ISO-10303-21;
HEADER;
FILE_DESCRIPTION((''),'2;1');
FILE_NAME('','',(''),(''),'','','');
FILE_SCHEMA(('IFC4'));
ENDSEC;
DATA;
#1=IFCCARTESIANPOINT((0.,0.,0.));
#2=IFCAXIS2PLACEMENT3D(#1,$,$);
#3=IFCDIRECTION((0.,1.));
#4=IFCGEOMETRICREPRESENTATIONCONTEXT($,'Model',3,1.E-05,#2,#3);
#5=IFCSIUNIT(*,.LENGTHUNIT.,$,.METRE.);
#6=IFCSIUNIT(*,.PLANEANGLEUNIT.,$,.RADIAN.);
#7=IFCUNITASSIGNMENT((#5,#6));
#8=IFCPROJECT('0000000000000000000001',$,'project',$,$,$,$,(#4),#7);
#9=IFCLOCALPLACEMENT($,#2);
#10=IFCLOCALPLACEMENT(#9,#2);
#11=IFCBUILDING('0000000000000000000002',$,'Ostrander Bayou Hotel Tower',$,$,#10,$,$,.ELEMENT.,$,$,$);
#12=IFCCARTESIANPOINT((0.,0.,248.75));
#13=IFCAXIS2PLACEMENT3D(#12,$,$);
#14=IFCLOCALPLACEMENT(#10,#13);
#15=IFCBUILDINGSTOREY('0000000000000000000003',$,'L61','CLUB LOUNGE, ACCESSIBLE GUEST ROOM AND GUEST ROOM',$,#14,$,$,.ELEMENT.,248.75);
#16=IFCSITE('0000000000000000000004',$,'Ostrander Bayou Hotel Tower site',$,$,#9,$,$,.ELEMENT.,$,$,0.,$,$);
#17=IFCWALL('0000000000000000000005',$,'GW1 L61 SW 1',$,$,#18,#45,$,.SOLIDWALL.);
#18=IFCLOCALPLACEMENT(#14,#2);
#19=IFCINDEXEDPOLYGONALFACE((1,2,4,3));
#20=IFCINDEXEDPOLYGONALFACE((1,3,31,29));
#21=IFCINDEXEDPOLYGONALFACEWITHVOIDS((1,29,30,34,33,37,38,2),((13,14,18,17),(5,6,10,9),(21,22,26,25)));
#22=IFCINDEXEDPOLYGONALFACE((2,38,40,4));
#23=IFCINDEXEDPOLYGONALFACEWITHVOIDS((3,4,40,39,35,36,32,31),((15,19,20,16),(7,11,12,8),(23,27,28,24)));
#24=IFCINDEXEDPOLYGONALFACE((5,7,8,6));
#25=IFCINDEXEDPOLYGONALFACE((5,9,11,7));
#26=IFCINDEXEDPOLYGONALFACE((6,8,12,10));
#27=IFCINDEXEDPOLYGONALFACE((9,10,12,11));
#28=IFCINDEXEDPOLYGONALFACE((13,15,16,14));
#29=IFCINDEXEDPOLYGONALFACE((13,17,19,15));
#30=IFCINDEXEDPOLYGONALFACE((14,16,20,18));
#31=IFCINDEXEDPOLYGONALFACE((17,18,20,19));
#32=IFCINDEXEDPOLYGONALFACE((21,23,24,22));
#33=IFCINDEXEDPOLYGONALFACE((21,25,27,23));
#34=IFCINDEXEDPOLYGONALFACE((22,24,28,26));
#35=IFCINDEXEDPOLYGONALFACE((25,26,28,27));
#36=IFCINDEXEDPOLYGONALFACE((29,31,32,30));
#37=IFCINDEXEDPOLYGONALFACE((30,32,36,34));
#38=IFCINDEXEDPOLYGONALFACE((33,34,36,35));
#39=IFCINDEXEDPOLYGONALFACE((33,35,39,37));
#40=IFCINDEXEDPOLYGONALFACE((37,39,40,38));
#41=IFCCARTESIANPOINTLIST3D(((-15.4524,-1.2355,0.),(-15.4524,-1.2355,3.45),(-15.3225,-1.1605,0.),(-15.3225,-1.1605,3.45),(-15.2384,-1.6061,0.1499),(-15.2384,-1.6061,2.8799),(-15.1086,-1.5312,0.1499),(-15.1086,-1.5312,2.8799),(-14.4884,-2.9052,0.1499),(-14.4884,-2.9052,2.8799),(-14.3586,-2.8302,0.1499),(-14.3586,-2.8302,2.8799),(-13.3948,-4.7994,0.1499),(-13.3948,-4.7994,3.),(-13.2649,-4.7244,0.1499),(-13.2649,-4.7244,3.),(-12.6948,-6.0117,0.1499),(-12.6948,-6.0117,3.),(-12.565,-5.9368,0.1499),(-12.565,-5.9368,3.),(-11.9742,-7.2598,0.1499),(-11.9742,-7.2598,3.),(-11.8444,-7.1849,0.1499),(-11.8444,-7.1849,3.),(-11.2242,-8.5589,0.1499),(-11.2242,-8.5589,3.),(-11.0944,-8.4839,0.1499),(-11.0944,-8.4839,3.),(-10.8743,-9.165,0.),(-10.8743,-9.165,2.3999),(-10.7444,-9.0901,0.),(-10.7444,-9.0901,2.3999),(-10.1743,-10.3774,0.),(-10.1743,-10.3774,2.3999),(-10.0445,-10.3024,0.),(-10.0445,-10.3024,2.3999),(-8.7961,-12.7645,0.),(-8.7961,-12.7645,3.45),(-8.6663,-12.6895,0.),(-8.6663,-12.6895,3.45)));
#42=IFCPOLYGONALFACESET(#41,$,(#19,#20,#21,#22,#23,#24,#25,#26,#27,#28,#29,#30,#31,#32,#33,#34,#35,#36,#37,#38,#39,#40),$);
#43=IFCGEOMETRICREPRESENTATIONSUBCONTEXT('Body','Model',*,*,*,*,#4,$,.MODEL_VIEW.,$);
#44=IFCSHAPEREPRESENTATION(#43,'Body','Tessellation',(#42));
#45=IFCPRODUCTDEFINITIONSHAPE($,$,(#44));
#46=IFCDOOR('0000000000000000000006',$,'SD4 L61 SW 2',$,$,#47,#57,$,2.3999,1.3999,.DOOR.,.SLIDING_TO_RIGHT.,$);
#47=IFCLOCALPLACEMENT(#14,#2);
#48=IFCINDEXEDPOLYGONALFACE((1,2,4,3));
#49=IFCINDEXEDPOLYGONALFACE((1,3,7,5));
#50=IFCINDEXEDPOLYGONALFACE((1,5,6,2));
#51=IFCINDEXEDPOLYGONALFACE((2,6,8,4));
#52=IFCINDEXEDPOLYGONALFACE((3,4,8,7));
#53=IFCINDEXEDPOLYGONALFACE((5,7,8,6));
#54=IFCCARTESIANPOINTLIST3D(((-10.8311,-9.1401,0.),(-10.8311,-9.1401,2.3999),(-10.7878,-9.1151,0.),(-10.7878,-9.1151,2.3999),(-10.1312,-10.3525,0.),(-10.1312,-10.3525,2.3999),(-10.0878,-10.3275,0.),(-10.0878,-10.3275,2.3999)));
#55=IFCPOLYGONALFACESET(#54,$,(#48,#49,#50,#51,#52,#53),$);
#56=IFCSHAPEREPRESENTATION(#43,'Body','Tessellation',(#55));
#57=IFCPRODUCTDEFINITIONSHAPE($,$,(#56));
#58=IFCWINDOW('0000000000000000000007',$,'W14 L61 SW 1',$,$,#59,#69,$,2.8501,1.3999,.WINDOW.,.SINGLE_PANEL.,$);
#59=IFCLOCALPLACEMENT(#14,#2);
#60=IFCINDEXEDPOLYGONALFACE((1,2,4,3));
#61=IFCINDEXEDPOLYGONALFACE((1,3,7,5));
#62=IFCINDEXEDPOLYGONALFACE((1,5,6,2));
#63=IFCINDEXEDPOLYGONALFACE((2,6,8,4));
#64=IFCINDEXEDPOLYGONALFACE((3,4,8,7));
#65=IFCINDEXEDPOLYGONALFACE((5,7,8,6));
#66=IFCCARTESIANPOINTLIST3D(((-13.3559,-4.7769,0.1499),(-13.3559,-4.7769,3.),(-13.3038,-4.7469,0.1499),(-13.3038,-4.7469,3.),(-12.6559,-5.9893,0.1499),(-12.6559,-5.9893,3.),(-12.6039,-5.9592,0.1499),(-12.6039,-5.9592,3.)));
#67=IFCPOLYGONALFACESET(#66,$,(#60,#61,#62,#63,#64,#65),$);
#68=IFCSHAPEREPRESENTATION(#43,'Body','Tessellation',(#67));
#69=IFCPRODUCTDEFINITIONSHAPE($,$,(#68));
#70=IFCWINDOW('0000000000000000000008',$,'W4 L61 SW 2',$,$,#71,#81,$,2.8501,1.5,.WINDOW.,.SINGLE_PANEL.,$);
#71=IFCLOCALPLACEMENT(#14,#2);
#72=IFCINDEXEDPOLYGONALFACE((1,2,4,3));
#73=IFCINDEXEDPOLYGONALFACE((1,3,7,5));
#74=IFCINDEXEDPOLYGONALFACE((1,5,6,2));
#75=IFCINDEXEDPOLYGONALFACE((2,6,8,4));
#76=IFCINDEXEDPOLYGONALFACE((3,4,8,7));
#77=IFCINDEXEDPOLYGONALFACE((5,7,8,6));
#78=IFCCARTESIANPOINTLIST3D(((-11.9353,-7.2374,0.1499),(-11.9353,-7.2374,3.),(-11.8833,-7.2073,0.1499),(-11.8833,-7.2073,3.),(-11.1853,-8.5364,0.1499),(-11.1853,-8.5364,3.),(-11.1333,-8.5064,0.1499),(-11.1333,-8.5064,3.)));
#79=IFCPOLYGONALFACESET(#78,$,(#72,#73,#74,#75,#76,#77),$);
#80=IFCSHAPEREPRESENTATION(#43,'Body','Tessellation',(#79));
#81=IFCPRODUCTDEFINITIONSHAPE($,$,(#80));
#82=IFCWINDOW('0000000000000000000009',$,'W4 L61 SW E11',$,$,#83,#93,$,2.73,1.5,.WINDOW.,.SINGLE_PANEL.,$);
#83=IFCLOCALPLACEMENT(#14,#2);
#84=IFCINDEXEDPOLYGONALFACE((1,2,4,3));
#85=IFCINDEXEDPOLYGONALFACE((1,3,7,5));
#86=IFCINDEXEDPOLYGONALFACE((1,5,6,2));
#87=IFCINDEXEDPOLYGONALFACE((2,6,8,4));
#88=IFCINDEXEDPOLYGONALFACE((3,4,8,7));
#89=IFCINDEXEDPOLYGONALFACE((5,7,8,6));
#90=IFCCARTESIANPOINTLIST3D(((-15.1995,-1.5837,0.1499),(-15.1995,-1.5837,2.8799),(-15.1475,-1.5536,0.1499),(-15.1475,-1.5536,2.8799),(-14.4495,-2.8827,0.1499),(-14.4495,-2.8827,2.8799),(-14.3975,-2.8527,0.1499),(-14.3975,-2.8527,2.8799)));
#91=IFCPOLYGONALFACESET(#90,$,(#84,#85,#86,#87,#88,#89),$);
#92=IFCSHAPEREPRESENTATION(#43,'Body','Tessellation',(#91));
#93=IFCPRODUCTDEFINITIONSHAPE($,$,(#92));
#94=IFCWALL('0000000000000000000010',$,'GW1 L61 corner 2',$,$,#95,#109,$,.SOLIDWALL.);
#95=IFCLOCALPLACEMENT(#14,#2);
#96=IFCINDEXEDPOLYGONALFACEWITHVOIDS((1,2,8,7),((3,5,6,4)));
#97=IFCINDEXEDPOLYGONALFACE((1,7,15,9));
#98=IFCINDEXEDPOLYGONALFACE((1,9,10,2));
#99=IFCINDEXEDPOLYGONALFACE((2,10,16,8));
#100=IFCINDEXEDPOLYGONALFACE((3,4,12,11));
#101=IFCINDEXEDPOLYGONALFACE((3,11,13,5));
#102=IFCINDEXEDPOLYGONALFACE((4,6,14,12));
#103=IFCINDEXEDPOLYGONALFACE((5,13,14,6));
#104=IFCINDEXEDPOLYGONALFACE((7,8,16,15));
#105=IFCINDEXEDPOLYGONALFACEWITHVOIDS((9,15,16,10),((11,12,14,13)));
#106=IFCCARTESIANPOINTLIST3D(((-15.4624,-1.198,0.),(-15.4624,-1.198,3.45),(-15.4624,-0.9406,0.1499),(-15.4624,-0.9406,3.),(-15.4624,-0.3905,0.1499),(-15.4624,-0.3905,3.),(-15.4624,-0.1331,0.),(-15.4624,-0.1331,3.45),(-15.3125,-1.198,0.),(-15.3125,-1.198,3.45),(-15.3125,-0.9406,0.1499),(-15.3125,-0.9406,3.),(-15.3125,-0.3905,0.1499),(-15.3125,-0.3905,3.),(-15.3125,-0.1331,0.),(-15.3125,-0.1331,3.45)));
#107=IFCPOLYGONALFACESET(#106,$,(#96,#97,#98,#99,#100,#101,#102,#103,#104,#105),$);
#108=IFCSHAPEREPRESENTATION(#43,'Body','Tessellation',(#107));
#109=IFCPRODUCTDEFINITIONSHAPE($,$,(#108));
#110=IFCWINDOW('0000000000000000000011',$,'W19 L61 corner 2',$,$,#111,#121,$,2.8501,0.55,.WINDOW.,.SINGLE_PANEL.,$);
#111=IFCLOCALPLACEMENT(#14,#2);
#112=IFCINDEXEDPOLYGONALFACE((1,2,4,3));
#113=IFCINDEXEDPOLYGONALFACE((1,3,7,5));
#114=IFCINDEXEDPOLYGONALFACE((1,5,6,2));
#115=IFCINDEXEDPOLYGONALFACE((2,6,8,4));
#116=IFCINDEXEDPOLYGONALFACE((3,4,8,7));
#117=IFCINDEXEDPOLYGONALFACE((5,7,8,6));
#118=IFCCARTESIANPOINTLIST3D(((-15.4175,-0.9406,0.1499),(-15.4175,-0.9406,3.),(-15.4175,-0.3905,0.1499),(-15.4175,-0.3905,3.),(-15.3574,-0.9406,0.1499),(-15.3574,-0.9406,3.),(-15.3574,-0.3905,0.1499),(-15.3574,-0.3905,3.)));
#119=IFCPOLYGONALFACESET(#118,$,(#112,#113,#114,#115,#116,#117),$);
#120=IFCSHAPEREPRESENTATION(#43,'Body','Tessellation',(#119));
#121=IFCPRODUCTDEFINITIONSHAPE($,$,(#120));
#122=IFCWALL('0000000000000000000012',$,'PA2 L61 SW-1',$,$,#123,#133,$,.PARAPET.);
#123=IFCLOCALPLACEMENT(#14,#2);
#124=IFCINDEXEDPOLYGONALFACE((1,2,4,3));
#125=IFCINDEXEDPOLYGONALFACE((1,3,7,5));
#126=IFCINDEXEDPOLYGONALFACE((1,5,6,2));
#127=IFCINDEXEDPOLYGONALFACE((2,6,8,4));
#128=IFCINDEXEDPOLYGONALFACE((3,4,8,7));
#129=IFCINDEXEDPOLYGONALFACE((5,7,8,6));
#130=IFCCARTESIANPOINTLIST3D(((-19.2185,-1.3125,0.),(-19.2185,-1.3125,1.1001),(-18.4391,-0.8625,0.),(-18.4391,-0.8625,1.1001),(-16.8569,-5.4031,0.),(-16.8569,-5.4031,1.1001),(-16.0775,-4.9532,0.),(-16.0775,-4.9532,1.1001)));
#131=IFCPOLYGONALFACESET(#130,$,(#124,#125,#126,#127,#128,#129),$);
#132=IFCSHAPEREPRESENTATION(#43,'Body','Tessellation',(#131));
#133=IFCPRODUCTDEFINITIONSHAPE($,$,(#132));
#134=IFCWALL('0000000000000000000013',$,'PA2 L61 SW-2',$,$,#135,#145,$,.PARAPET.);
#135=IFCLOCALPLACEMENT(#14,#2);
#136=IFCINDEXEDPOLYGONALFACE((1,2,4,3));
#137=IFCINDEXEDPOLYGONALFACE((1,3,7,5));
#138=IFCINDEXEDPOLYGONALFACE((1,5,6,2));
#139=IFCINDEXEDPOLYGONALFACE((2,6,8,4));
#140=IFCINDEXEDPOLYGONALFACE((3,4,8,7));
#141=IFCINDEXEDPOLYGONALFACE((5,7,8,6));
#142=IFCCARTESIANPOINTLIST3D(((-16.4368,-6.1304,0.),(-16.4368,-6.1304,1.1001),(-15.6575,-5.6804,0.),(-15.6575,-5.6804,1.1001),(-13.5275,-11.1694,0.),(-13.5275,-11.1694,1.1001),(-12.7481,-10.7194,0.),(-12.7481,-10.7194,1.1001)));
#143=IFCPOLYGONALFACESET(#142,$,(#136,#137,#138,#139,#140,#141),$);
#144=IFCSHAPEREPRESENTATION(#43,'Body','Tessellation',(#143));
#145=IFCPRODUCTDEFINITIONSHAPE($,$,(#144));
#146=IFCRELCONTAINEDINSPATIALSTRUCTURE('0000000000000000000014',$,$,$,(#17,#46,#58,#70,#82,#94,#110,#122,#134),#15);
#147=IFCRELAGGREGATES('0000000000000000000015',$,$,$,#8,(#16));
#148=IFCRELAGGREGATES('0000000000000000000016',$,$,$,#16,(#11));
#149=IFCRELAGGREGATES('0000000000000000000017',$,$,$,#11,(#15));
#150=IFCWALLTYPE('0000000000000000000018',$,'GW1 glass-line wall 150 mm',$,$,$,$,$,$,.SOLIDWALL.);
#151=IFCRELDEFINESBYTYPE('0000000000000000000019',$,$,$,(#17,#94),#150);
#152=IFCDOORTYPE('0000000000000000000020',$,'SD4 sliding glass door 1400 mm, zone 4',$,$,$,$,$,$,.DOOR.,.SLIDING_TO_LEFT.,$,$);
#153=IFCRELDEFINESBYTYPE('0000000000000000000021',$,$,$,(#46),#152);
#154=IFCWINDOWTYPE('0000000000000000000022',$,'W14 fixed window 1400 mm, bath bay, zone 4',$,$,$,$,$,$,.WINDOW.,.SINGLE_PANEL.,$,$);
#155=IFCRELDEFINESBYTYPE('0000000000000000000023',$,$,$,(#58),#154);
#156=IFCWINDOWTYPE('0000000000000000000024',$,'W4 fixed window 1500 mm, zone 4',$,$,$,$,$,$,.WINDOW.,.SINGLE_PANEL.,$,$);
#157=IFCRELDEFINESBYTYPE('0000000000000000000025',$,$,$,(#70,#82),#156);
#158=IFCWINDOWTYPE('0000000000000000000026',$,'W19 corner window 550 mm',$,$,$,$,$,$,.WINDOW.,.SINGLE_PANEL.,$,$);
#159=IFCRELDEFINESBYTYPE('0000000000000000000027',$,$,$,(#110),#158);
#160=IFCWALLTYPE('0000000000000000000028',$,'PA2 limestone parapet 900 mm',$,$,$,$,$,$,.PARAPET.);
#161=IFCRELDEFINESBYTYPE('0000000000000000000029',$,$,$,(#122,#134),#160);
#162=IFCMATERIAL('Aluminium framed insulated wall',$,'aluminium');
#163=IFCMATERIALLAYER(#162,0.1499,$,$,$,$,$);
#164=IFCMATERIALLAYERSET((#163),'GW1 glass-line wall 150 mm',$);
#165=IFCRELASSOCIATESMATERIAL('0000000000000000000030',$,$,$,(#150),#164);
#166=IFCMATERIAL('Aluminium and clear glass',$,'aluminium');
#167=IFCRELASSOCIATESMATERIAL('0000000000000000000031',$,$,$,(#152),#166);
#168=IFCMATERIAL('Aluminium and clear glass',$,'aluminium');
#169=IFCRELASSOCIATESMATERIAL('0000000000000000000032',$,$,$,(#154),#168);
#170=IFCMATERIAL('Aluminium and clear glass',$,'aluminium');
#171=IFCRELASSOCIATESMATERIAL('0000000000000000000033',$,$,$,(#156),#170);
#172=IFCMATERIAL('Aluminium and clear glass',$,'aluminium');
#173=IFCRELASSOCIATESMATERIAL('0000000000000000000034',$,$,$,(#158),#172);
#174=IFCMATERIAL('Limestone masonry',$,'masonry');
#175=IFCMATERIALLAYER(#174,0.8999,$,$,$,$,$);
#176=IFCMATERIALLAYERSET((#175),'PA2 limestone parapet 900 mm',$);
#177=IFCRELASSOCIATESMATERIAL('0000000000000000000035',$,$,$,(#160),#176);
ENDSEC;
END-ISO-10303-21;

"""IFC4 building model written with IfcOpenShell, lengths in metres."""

from ifc_helpers import new_model, si_unit, direction, frame, frame_2d, origin, place, context, subcontext, project, spatial, rectangle, extrude, material, layer, layer_set, type_object, element, fill, save


model = new_model("IFC4")

# Units and contexts
model_context = context("Model", 3, precision=1e-05, world=origin(), true_north=direction((0.0, 1.0)))
body_context = subcontext(model_context, "Body", "Model", "MODEL_VIEW")
ifc_project = project(units=[si_unit("LENGTHUNIT", "METRE"), si_unit("PLANEANGLEUNIT", "RADIAN")], contexts=[model_context])

# Site, building, storey
site_placement = place(None, origin())
site = spatial("IfcSite", under=ifc_project, at=site_placement, Name="Ostrander Bayou Hotel Tower site", CompositionType="ELEMENT", RefElevation=0.0)
building_placement = place(site_placement, origin())
building = spatial("IfcBuilding", under=site, at=building_placement, Name="Ostrander Bayou Hotel Tower", CompositionType="ELEMENT")
storey_placement = place(building_placement, frame((0.0, 0.0, 248.75)))
storey = spatial("IfcBuildingStorey", under=building, at=storey_placement, Name="L61", Description="CLUB LOUNGE, ACCESSIBLE GUEST ROOM AND GUEST ROOM", CompositionType="ELEMENT", Elevation=248.75)

# Wall, openings, door, windows
ifc_material_1 = material(Name="Aluminium framed insulated wall", Category="aluminium")
ifc_layer_1 = layer(ifc_material_1, 0.1499)
ifc_layer_set_1 = layer_set([ifc_layer_1], Name="GW1 glass-line wall 150 mm")
wall_type_1 = type_object("IfcWallType", Name="GW1 glass-line wall 150 mm", PredefinedType="SOLIDWALL", material=ifc_layer_set_1)
wall_1_placement = place(storey_placement, frame((-15.3875, -1.198, 0.0), z_axis=(0.0, 0.0, 1.0), x_axis=(0.499997, -0.866027, 0.0)))
wall_1 = element("IfcWall", 1, at=wall_1_placement, inside=storey, type_object=wall_type_1, Name="GW1 L61 SW 1", PredefinedType="SOLIDWALL", context=body_context, shape_type="SweptSolid", body=[
    extrude(rectangle(XDim=13.3125, YDim=0.1499, at=frame_2d((6.6562, 0.0))), origin(), (0.0, 0.0, 1.0), 3.45),
])
opening_1_placement = place(wall_1_placement, frame((4.1152, 0.0, 0.1499)))
opening_1 = element("IfcOpeningElement", 2, at=opening_1_placement, cuts=wall_1, PredefinedType="OPENING", context=body_context, shape_type="SweptSolid", body=[
    extrude(rectangle(XDim=1.3999, YDim=2.8501, at=frame_2d((0.7, 1.425))), frame((0.0, 0.075, 0.0), z_axis=(0.0, -1.0, 0.0), x_axis=(1.0, 0.0, 0.0)), (0.0, 0.0, 1.0), 0.1499),
])
opening_2_placement = place(wall_1_placement, frame((6.9563, 0.0, 0.1499)))
opening_2 = element("IfcOpeningElement", 3, at=opening_2_placement, cuts=wall_1, PredefinedType="OPENING", context=body_context, shape_type="SweptSolid", body=[
    extrude(rectangle(XDim=1.5, YDim=2.8501, at=frame_2d((0.75, 1.425))), frame((0.0, 0.075, 0.0), z_axis=(0.0, -1.0, 0.0), x_axis=(1.0, 0.0, 0.0)), (0.0, 0.0, 1.0), 0.1499),
])
opening_3_placement = place(wall_1_placement, frame((9.1562, 0.0, 0.0)))
opening_3 = element("IfcOpeningElement", 4, at=opening_3_placement, cuts=wall_1, PredefinedType="OPENING", context=body_context, shape_type="SweptSolid", body=[
    extrude(rectangle(XDim=1.3999, YDim=2.3999, at=frame_2d((0.7, 1.2))), frame((0.0, 0.075, 0.0), z_axis=(0.0, -1.0, 0.0), x_axis=(1.0, 0.0, 0.0)), (0.0, 0.0, 1.0), 0.1499),
])
opening_4_placement = place(wall_1_placement, frame((0.428, 0.0, 0.1499)))
opening_4 = element("IfcOpeningElement", 5, at=opening_4_placement, cuts=wall_1, PredefinedType="OPENING", context=body_context, shape_type="SweptSolid", body=[
    extrude(rectangle(XDim=1.5, YDim=2.73, at=frame_2d((0.75, 1.365))), frame((0.0, 0.075, 0.0), z_axis=(0.0, -1.0, 0.0), x_axis=(1.0, 0.0, 0.0)), (0.0, 0.0, 1.0), 0.1499),
])
ifc_material_2 = material(Name="Aluminium and clear glass", Category="aluminium")
door_type_1 = type_object("IfcDoorType", Name="SD4 sliding glass door 1400 mm, zone 4", OperationType="SLIDING_TO_LEFT", PredefinedType="DOOR", material=ifc_material_2)
door_1_placement = place(opening_3_placement, origin())
door_1 = element("IfcDoor", 6, at=door_1_placement, inside=storey, type_object=door_type_1, Name="SD4 L61 SW 2", OperationType="SLIDING_TO_RIGHT", OverallHeight=2.3999, OverallWidth=1.3999, PredefinedType="DOOR", context=body_context, shape_type="SweptSolid", body=[
    extrude(rectangle(XDim=1.3999, YDim=2.3999, at=frame_2d((0.7, 1.2))), frame((0.0, 0.0249, 0.0), z_axis=(0.0, -1.0, 0.0), x_axis=(1.0, 0.0, 0.0)), (0.0, 0.0, 1.0), 0.05),
])
fill(opening_3, door_1)
ifc_material_3 = material(Name="Aluminium and clear glass", Category="aluminium")
window_type_1 = type_object("IfcWindowType", Name="W14 fixed window 1400 mm, bath bay, zone 4", PartitioningType="SINGLE_PANEL", PredefinedType="WINDOW", material=ifc_material_3)
window_1_placement = place(opening_1_placement, origin())
window_1 = element("IfcWindow", 7, at=window_1_placement, inside=storey, type_object=window_type_1, Name="W14 L61 SW 1", OverallHeight=2.8501, OverallWidth=1.3999, PartitioningType="SINGLE_PANEL", PredefinedType="WINDOW", context=body_context, shape_type="SweptSolid", body=[
    extrude(rectangle(XDim=1.3999, YDim=2.8501, at=frame_2d((0.7, 1.425))), frame((0.0, 0.03, 0.0), z_axis=(0.0, -1.0, 0.0), x_axis=(1.0, 0.0, 0.0)), (0.0, 0.0, 1.0), 0.0601),
])
fill(opening_1, window_1)
ifc_material_4 = material(Name="Aluminium and clear glass", Category="aluminium")
window_type_2 = type_object("IfcWindowType", Name="W4 fixed window 1500 mm, zone 4", PartitioningType="SINGLE_PANEL", PredefinedType="WINDOW", material=ifc_material_4)
window_2_placement = place(opening_2_placement, origin())
window_2 = element("IfcWindow", 8, at=window_2_placement, inside=storey, type_object=window_type_2, Name="W4 L61 SW 2", OverallHeight=2.8501, OverallWidth=1.5, PartitioningType="SINGLE_PANEL", PredefinedType="WINDOW", context=body_context, shape_type="SweptSolid", body=[
    extrude(rectangle(XDim=1.5, YDim=2.8501, at=frame_2d((0.75, 1.425))), frame((0.0, 0.03, 0.0), z_axis=(0.0, -1.0, 0.0), x_axis=(1.0, 0.0, 0.0)), (0.0, 0.0, 1.0), 0.0601),
])
fill(opening_2, window_2)
window_3_placement = place(opening_4_placement, origin())
window_3 = element("IfcWindow", 9, at=window_3_placement, inside=storey, type_object=window_type_2, Name="W4 L61 SW E11", OverallHeight=2.73, OverallWidth=1.5, PartitioningType="SINGLE_PANEL", PredefinedType="WINDOW", context=body_context, shape_type="SweptSolid", body=[
    extrude(rectangle(XDim=1.5, YDim=2.73, at=frame_2d((0.75, 1.365))), frame((0.0, 0.03, 0.0), z_axis=(0.0, -1.0, 0.0), x_axis=(1.0, 0.0, 0.0)), (0.0, 0.0, 1.0), 0.0601),
])
fill(opening_4, window_3)

# Wall, opening, window
wall_2_placement = place(storey_placement, frame((-15.3875, -0.1331, 0.0), z_axis=(0.0, 0.0, 1.0), x_axis=(0.0, -1.0, 0.0)))
wall_2 = element("IfcWall", 10, at=wall_2_placement, inside=storey, type_object=wall_type_1, Name="GW1 L61 corner 2", PredefinedType="SOLIDWALL", context=body_context, shape_type="SweptSolid", body=[
    extrude(rectangle(XDim=1.0649, YDim=0.1499, at=frame_2d((0.5325, 0.0))), origin(), (0.0, 0.0, 1.0), 3.45),
])
opening_5_placement = place(wall_2_placement, frame((0.2576, 0.0, 0.1499)))
opening_5 = element("IfcOpeningElement", 11, at=opening_5_placement, cuts=wall_2, PredefinedType="OPENING", context=body_context, shape_type="SweptSolid", body=[
    extrude(rectangle(XDim=0.55, YDim=2.8501, at=frame_2d((0.2749, 1.425))), frame((0.0, 0.075, 0.0), z_axis=(0.0, -1.0, 0.0), x_axis=(1.0, 0.0, 0.0)), (0.0, 0.0, 1.0), 0.1499),
])
ifc_material_5 = material(Name="Aluminium and clear glass", Category="aluminium")
window_type_3 = type_object("IfcWindowType", Name="W19 corner window 550 mm", PartitioningType="SINGLE_PANEL", PredefinedType="WINDOW", material=ifc_material_5)
window_4_placement = place(opening_5_placement, origin())
window_4 = element("IfcWindow", 12, at=window_4_placement, inside=storey, type_object=window_type_3, Name="W19 L61 corner 2", OverallHeight=2.8501, OverallWidth=0.55, PartitioningType="SINGLE_PANEL", PredefinedType="WINDOW", context=body_context, shape_type="SweptSolid", body=[
    extrude(rectangle(XDim=0.55, YDim=2.8501, at=frame_2d((0.2749, 1.425))), frame((0.0, 0.03, 0.0), z_axis=(0.0, -1.0, 0.0), x_axis=(1.0, 0.0, 0.0)), (0.0, 0.0, 1.0), 0.0601),
])
fill(opening_5, window_4)

# Walls
ifc_material_6 = material(Name="Limestone masonry", Category="masonry")
ifc_layer_2 = layer(ifc_material_6, 0.8999)
ifc_layer_set_2 = layer_set([ifc_layer_2], Name="PA2 limestone parapet 900 mm")
wall_type_2 = type_object("IfcWallType", Name="PA2 limestone parapet 900 mm", PredefinedType="PARAPET", material=ifc_layer_set_2)
wall_3_placement = place(storey_placement, frame((-18.8289, -1.0874, 0.0), z_axis=(0.0, 0.0, 1.0), x_axis=(0.49998, -0.866037, 0.0)))
element("IfcWall", 13, at=wall_3_placement, inside=storey, type_object=wall_type_2, Name="PA2 L61 SW-1", PredefinedType="PARAPET", context=body_context, shape_type="SweptSolid", body=[
    extrude(rectangle(XDim=4.7234, YDim=0.8999, at=frame_2d((2.3618, 0.0))), origin(), (0.0, 0.0, 1.0), 1.1001),
])
wall_4_placement = place(storey_placement, frame((-16.0471, -5.9055, 0.0), z_axis=(0.0, 0.0, 1.0), x_axis=(0.500015, -0.866016, 0.0)))
element("IfcWall", 14, at=wall_4_placement, inside=storey, type_object=wall_type_2, Name="PA2 L61 SW-2", PredefinedType="PARAPET", context=body_context, shape_type="SweptSolid", body=[
    extrude(rectangle(XDim=5.8186, YDim=0.8999, at=frame_2d((2.9092, 0.0))), origin(), (0.0, 0.0, 1.0), 1.1001),
])

save(model, "model.ifc")
